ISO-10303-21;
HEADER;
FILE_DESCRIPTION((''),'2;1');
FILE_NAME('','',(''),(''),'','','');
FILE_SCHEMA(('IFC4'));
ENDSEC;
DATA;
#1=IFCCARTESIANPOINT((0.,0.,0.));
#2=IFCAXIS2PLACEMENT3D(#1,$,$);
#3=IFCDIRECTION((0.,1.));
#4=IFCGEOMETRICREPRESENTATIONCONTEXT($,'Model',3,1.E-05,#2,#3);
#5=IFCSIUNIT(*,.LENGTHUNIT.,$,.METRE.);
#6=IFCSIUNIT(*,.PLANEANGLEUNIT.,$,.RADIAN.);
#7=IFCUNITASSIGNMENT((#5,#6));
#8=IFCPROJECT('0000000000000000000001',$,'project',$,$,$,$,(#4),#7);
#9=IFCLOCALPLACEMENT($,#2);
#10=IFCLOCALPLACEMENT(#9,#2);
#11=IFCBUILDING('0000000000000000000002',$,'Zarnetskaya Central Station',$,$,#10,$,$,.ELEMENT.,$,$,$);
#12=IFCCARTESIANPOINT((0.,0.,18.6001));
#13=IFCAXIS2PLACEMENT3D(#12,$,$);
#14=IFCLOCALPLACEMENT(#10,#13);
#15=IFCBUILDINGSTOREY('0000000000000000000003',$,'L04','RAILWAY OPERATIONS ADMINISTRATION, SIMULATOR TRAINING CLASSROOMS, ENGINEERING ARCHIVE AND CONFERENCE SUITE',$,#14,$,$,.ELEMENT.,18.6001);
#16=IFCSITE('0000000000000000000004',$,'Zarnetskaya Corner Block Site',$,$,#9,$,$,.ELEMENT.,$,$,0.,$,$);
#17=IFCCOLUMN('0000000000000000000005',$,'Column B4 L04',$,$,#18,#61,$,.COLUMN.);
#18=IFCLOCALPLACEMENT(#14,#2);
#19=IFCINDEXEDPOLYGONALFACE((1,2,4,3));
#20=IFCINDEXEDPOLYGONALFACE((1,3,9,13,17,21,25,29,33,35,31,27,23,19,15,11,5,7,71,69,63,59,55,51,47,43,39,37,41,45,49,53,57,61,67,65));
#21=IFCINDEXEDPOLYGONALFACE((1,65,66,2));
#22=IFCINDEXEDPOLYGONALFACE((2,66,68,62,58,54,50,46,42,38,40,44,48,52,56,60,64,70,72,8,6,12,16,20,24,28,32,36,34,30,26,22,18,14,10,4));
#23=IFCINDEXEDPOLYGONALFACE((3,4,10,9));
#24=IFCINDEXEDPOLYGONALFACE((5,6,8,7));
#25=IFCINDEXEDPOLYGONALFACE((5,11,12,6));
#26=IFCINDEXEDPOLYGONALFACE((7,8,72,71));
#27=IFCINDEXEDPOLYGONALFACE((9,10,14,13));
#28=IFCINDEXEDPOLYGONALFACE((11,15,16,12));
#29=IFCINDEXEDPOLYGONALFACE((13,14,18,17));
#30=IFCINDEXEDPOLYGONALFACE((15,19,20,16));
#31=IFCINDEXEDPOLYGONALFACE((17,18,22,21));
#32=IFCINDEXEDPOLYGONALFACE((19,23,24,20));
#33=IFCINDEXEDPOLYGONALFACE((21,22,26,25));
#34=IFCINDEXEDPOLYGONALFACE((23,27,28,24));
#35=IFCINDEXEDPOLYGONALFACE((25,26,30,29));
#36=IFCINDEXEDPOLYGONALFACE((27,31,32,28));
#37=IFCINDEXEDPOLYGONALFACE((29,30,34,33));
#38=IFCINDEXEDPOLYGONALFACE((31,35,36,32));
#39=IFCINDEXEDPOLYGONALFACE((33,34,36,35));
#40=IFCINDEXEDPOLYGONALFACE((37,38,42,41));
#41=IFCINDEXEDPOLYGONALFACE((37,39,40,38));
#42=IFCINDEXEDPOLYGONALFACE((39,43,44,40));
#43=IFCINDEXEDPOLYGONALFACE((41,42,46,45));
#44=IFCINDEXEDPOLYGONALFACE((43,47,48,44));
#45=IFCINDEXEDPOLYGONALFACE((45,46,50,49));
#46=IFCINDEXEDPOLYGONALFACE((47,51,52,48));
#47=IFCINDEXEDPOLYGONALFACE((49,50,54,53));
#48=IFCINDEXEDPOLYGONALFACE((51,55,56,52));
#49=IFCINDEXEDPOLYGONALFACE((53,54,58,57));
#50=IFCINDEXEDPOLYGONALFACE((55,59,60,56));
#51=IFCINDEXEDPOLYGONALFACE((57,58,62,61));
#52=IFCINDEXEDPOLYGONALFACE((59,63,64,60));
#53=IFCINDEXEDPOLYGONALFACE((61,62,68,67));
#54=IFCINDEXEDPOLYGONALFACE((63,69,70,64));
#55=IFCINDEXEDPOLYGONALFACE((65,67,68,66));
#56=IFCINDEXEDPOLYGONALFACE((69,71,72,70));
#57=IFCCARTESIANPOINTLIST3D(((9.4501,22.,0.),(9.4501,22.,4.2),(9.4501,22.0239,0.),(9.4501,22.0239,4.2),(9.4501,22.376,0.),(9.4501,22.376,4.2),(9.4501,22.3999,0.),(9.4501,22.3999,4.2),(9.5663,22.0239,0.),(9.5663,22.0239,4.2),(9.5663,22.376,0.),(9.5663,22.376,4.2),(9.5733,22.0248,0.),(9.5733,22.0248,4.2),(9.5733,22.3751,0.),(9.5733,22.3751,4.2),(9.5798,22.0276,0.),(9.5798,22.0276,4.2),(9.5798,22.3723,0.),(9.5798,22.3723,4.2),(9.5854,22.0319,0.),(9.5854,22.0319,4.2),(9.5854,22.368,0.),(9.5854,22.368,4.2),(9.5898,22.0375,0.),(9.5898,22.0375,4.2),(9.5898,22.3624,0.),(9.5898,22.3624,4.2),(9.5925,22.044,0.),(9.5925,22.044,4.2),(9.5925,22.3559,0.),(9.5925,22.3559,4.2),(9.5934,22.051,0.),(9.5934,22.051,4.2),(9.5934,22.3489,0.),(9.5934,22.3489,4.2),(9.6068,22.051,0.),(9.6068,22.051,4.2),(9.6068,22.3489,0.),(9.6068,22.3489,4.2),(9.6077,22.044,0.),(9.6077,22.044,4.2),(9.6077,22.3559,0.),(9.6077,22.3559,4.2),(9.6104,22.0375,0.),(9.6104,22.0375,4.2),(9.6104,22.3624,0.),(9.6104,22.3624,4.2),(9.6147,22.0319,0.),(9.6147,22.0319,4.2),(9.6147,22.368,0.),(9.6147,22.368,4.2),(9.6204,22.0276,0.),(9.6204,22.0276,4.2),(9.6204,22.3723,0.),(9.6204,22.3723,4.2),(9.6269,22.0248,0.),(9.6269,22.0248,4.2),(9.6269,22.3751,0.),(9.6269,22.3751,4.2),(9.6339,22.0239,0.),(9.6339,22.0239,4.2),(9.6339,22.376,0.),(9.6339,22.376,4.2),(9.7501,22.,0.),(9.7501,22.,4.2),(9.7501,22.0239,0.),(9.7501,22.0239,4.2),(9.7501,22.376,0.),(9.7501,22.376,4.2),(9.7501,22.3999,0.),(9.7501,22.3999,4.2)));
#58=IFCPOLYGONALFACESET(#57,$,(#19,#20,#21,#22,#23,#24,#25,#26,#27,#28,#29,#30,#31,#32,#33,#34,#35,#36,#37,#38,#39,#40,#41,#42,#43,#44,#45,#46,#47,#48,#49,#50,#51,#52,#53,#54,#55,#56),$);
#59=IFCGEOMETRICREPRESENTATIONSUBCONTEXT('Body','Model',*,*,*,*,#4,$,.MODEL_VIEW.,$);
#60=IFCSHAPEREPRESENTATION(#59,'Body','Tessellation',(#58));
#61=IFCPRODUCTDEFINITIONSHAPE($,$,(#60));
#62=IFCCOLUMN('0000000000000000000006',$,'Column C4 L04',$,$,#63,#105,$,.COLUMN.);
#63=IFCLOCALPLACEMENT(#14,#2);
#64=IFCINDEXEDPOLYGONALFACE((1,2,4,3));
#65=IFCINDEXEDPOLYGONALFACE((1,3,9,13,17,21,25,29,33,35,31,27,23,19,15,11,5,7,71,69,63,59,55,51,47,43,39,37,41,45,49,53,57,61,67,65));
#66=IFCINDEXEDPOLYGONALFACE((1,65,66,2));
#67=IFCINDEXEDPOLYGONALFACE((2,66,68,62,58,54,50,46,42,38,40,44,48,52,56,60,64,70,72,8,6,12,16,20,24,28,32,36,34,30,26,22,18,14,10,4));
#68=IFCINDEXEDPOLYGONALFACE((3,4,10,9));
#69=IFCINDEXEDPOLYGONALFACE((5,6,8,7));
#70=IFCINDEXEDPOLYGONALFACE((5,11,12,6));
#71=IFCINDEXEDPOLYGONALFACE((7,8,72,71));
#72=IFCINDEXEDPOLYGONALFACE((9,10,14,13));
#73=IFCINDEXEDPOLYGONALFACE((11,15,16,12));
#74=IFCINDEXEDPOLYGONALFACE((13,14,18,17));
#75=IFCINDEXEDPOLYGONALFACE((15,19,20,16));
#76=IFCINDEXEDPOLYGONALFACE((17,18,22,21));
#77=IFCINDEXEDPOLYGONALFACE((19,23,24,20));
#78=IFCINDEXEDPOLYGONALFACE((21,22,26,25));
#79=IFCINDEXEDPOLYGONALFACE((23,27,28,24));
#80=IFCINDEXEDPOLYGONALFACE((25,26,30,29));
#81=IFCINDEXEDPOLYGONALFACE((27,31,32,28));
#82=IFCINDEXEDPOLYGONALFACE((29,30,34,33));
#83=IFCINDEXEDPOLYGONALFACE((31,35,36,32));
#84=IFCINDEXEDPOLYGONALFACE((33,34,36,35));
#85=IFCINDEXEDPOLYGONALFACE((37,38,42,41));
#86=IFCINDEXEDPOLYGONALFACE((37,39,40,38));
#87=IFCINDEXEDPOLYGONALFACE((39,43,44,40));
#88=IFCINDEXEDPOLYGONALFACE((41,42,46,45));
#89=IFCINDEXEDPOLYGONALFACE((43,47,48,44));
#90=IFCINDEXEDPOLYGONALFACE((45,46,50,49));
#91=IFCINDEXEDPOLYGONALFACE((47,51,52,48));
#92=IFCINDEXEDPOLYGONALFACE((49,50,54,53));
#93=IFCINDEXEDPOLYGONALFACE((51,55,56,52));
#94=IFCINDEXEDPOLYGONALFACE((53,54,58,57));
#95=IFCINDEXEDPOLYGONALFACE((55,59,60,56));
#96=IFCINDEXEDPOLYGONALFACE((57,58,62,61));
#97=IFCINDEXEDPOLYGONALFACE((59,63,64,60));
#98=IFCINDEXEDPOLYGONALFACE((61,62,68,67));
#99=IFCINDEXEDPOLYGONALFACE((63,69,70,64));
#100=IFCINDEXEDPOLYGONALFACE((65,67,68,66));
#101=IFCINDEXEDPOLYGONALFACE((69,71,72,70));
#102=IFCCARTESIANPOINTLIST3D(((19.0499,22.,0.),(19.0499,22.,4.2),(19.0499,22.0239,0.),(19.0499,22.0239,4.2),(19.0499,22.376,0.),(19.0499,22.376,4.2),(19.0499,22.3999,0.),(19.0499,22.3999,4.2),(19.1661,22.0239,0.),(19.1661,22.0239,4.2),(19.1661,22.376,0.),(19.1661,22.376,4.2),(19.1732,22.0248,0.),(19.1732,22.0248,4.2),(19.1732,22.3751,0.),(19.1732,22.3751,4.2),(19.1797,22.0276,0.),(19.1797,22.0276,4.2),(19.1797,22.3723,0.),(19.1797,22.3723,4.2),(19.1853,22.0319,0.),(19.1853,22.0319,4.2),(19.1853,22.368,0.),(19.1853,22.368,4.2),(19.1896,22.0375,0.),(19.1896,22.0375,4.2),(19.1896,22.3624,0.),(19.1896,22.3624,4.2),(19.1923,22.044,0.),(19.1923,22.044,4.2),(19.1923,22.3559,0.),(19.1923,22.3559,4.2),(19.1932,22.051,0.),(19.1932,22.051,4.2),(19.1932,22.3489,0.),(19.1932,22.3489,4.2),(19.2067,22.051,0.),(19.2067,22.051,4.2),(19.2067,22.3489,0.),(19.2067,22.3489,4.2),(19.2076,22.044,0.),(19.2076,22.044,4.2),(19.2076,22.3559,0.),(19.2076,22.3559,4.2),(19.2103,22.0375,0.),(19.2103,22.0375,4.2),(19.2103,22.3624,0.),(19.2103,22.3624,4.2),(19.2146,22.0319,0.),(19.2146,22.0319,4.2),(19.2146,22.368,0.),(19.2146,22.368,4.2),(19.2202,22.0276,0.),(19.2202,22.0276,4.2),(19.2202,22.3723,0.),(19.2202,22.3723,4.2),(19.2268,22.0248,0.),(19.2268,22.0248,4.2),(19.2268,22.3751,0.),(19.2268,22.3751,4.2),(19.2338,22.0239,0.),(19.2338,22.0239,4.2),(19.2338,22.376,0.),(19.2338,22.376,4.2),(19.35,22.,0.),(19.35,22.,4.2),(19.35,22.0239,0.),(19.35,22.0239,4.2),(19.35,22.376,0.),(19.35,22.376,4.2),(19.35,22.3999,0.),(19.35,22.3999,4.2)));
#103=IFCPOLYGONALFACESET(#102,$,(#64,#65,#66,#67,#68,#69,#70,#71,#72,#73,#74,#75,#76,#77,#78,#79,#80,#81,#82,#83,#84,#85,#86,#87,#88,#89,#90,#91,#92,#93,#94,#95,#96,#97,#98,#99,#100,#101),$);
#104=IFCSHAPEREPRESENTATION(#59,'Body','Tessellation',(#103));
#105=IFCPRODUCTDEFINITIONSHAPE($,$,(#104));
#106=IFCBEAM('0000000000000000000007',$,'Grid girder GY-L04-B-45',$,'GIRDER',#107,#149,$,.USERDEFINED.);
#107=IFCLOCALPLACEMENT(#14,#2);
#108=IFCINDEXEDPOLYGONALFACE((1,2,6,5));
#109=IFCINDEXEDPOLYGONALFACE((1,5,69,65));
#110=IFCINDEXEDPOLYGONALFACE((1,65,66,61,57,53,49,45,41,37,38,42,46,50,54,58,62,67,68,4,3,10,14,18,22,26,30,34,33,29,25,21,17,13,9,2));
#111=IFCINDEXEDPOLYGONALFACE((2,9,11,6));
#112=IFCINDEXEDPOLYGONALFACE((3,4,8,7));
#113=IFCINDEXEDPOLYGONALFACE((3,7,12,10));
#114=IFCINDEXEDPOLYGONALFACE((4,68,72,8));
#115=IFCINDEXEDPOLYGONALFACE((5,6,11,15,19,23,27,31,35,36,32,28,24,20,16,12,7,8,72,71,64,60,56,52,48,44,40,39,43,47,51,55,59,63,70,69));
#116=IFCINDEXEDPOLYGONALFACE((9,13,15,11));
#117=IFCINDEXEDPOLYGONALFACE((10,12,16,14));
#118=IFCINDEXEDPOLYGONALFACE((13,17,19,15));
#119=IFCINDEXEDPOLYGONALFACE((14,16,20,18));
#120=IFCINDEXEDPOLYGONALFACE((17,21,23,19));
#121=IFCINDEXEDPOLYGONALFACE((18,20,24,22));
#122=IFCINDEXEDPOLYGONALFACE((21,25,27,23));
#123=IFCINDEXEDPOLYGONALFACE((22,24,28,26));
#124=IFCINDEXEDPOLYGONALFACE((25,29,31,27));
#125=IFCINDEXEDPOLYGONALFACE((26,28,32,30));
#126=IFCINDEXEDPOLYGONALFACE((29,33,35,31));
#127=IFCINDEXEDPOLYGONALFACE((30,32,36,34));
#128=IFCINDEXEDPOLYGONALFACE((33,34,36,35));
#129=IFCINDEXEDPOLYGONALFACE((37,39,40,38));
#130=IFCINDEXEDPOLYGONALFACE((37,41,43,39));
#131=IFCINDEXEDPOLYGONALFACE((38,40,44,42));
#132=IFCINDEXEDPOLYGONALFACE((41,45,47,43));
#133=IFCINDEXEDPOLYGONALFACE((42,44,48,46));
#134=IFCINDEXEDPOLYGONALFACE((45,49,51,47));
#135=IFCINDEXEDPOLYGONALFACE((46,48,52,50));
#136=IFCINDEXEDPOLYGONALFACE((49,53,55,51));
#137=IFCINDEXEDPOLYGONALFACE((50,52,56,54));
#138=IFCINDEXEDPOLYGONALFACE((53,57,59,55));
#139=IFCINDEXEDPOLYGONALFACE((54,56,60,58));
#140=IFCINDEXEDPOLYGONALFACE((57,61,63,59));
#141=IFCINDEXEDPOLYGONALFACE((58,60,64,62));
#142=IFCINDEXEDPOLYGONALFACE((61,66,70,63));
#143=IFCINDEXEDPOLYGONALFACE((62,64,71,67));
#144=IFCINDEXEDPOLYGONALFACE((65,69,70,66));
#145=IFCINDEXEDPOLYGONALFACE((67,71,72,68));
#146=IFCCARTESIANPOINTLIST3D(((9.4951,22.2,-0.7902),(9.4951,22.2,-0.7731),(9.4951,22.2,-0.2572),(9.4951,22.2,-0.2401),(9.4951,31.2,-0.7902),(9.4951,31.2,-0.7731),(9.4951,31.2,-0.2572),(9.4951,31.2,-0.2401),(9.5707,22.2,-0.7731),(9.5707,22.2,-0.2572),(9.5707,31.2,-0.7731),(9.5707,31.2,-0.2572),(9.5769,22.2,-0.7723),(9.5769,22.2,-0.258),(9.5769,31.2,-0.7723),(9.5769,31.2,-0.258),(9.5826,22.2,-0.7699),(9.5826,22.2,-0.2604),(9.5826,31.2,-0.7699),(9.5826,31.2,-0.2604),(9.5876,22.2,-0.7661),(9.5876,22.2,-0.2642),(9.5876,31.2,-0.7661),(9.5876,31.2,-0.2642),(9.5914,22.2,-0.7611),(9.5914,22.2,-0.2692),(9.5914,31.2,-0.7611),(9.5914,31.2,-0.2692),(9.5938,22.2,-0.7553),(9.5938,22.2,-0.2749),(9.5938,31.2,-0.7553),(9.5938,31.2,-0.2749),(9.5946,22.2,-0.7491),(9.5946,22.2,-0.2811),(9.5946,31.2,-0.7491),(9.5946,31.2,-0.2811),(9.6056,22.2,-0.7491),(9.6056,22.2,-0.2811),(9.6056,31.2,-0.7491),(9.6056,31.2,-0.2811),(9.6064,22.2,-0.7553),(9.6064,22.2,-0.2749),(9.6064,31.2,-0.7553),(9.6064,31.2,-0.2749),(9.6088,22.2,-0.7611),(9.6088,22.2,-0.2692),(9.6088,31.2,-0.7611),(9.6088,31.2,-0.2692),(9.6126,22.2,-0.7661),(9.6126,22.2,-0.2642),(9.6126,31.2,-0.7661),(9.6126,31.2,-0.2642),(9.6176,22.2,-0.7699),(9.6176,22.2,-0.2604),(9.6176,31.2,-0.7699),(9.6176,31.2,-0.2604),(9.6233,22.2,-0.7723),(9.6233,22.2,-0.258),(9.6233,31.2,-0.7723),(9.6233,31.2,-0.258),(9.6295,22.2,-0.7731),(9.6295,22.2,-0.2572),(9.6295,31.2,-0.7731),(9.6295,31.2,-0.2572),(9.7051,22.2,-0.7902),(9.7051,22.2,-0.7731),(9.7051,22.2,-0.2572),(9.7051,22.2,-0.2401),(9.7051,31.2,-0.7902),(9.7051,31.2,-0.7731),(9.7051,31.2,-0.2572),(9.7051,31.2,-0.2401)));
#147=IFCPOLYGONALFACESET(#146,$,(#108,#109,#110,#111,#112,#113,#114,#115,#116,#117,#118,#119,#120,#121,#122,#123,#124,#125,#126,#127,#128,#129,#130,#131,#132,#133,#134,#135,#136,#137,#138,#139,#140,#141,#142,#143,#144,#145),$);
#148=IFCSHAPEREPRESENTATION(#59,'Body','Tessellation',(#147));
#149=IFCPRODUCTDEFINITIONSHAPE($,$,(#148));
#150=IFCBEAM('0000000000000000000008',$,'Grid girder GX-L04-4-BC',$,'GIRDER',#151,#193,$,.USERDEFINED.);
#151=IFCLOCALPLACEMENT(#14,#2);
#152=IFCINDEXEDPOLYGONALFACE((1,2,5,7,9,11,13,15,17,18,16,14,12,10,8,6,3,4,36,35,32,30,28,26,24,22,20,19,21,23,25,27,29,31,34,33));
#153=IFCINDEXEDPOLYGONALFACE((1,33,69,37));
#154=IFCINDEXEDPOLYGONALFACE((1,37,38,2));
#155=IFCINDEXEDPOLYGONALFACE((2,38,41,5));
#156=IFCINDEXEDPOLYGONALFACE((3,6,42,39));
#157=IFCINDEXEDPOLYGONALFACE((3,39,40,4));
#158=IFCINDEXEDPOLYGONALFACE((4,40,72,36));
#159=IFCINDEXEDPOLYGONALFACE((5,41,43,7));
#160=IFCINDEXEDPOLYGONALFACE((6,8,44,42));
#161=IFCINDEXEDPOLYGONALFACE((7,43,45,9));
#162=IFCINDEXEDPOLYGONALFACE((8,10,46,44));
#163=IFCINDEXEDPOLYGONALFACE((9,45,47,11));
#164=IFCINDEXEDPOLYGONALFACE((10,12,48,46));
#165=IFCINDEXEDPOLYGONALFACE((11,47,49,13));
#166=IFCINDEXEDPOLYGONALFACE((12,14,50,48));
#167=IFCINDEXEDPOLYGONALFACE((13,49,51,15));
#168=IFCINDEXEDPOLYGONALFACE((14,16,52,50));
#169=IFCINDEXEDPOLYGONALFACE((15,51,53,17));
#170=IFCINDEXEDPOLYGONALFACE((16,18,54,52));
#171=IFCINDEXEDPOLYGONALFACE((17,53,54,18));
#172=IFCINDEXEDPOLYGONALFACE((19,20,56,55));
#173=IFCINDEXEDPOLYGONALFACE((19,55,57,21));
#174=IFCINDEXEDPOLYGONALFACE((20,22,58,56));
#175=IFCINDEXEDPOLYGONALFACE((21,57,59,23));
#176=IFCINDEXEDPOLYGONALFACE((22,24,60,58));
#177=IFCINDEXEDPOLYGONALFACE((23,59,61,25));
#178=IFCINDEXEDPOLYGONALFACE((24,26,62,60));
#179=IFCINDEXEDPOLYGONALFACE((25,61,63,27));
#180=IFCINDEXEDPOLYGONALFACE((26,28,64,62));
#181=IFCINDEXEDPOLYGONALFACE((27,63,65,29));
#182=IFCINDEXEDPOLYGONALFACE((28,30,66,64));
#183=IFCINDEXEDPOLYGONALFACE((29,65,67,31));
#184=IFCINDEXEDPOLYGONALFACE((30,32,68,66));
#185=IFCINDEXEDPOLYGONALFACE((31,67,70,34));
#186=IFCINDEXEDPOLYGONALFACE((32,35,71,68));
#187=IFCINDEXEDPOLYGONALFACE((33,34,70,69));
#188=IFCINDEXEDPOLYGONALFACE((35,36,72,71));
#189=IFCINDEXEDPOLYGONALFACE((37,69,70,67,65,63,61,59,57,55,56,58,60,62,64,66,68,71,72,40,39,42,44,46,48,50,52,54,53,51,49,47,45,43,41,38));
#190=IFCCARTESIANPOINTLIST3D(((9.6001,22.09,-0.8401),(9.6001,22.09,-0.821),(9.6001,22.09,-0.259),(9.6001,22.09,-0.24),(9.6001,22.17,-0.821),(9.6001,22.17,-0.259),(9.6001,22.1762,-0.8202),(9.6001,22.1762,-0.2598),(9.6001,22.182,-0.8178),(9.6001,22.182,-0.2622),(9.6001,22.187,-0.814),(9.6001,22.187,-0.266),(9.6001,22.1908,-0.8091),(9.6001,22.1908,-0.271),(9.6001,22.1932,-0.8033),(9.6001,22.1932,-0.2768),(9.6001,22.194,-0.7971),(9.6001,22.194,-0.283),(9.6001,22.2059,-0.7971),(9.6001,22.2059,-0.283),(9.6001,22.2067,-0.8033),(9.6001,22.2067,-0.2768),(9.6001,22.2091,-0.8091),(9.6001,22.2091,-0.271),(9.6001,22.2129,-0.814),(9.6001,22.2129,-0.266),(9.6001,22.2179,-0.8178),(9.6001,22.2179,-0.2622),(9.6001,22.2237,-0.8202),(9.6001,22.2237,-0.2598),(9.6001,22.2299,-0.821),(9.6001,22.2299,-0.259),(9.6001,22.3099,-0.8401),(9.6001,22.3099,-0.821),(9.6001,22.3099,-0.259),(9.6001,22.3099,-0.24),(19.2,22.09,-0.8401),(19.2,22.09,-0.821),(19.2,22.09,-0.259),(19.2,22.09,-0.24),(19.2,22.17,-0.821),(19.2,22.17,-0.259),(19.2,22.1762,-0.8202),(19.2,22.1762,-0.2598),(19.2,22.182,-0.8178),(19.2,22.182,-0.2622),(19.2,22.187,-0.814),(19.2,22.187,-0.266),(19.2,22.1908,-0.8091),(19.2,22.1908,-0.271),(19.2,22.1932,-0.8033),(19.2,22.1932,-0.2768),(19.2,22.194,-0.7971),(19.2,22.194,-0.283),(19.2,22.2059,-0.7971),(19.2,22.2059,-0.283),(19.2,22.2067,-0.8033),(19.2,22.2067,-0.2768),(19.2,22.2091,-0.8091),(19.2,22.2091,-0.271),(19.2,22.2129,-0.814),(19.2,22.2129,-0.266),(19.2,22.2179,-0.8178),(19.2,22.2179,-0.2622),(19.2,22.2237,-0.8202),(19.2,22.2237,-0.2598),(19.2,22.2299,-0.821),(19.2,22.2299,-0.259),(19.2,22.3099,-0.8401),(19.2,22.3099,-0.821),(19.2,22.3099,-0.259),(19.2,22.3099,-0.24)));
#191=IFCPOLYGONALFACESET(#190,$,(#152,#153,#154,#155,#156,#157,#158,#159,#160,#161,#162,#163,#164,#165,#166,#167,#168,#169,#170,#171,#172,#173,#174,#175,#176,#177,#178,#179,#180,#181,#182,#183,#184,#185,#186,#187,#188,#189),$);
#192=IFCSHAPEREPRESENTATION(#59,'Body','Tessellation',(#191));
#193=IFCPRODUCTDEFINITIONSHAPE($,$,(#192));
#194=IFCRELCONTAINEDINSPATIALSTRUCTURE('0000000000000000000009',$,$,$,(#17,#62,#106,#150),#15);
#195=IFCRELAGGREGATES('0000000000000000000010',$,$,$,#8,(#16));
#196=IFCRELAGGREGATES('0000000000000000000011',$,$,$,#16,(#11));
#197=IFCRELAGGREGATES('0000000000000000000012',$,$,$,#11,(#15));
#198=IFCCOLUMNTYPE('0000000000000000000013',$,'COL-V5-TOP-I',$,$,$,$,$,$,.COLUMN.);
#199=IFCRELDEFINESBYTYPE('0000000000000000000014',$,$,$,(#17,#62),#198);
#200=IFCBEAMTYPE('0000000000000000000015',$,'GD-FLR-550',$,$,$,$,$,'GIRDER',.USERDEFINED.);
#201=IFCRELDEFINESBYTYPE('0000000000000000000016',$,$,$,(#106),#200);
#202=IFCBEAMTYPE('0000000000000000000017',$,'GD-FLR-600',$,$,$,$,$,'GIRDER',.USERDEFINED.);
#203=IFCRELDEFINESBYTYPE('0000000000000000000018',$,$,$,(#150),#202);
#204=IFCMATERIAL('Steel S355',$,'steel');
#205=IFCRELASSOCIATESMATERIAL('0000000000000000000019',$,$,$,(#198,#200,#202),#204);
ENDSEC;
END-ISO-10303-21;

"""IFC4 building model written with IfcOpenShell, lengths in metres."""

from ifc_helpers import new_model, si_unit, direction, frame, origin, origin_2d, place, context, subcontext, project, spatial, i_section, extrude, material, material_profile, profile_set, type_object, element, save


model = new_model("IFC4")

# Units and contexts
model_context = context("Model", 3, precision=1e-05, world=origin(), true_north=direction((0.0, 1.0)))
body_context = subcontext(model_context, "Body", "Model", "MODEL_VIEW")
ifc_project = project(units=[si_unit("LENGTHUNIT", "METRE"), si_unit("PLANEANGLEUNIT", "RADIAN")], contexts=[model_context])

# Site, building, storey
site_placement = place(None, origin())
site = spatial("IfcSite", under=ifc_project, at=site_placement, Name="Zarnetskaya Corner Block Site", CompositionType="ELEMENT", RefElevation=0.0)
building_placement = place(site_placement, origin())
building = spatial("IfcBuilding", under=site, at=building_placement, Name="Zarnetskaya Central Station", CompositionType="ELEMENT")
storey_placement = place(building_placement, frame((0.0, 0.0, 18.6001)))
storey = spatial("IfcBuildingStorey", under=building, at=storey_placement, Name="L04", Description="RAILWAY OPERATIONS ADMINISTRATION, SIMULATOR TRAINING CLASSROOMS, ENGINEERING ARCHIVE AND CONFERENCE SUITE", CompositionType="ELEMENT", Elevation=18.6001)

# Columns
ifc_material_1 = material(Name="Steel S355", Category="steel")
ifc_material_profile_1 = material_profile(ifc_material_1, i_section(OverallWidth=0.3, OverallDepth=0.3999, WebThickness=0.0134, FlangeThickness=0.0239, FilletRadius=0.0271, at=origin_2d()), Name="HEB 400")
ifc_profile_set_1 = profile_set([ifc_material_profile_1], Name="Steel S355")
column_type = type_object("IfcColumnType", Name="COL-V5-TOP-I", PredefinedType="COLUMN", material=ifc_profile_set_1)
for number, where, z_axis, x_axis, name in (
    (1, (9.6001, 22.2, 0.0), (0.0, 0.0, 1.0), (1.0, 0.0, 0.0), "Column B4 L04"),
    (2, (19.2, 22.2, 0.0), (0.0, 0.0, 1.0), (1.0, 0.0, 0.0), "Column C4 L04"),
):
    element("IfcColumn", number, at=place(storey_placement, frame(where, z_axis=z_axis, x_axis=x_axis)), inside=storey, type_object=column_type, Name=name, PredefinedType="COLUMN", context=body_context, shape_type="SweptSolid", body=[
        extrude(i_section(OverallWidth=0.3, OverallDepth=0.3999, WebThickness=0.0134, FlangeThickness=0.0239, FilletRadius=0.0271, at=origin_2d()), origin(), (0.0, 0.0, 1.0), 4.2),
    ])

# Beams
ifc_material_profile_2 = material_profile(ifc_material_1, i_section(OverallWidth=0.21, OverallDepth=0.55, WebThickness=0.011, FlangeThickness=0.0171, FilletRadius=0.0239, at=origin_2d()), Name="IPE 550")
ifc_profile_set_2 = profile_set([ifc_material_profile_2], Name="Steel S355")
beam_type_1 = type_object("IfcBeamType", Name="GD-FLR-550", ElementType="GIRDER", PredefinedType="USERDEFINED", material=ifc_profile_set_2)
beam_1_placement = place(storey_placement, frame((9.6001, 22.2, -0.5151), z_axis=(0.0, 1.0, 0.0), x_axis=(-1.0, 0.0, 0.0)))
element("IfcBeam", 3, at=beam_1_placement, inside=storey, type_object=beam_type_1, Name="Grid girder GY-L04-B-45", ObjectType="GIRDER", PredefinedType="USERDEFINED", context=body_context, shape_type="SweptSolid", body=[
    extrude(i_section(OverallWidth=0.21, OverallDepth=0.55, WebThickness=0.011, FlangeThickness=0.0171, FilletRadius=0.0239, at=origin_2d()), origin(), (0.0, 0.0, 1.0), 9.0),
])
ifc_material_profile_3 = material_profile(ifc_material_1, i_section(OverallWidth=0.22, OverallDepth=0.6001, WebThickness=0.012, FlangeThickness=0.019, FilletRadius=0.0239, at=origin_2d()), Name="IPE 600")
ifc_profile_set_3 = profile_set([ifc_material_profile_3], Name="Steel S355")
beam_type_2 = type_object("IfcBeamType", Name="GD-FLR-600", ElementType="GIRDER", PredefinedType="USERDEFINED", material=ifc_profile_set_3)
beam_2_placement = place(storey_placement, frame((9.6001, 22.2, -0.54), z_axis=(1.0, 0.0, 0.0), x_axis=(0.0, 1.0, 0.0)))
element("IfcBeam", 4, at=beam_2_placement, inside=storey, type_object=beam_type_2, Name="Grid girder GX-L04-4-BC", ObjectType="GIRDER", PredefinedType="USERDEFINED", context=body_context, shape_type="SweptSolid", body=[
    extrude(i_section(OverallWidth=0.22, OverallDepth=0.6001, WebThickness=0.012, FlangeThickness=0.019, FilletRadius=0.0239, at=origin_2d()), origin(), (0.0, 0.0, 1.0), 9.5999),
])

save(model, "model.ifc")
